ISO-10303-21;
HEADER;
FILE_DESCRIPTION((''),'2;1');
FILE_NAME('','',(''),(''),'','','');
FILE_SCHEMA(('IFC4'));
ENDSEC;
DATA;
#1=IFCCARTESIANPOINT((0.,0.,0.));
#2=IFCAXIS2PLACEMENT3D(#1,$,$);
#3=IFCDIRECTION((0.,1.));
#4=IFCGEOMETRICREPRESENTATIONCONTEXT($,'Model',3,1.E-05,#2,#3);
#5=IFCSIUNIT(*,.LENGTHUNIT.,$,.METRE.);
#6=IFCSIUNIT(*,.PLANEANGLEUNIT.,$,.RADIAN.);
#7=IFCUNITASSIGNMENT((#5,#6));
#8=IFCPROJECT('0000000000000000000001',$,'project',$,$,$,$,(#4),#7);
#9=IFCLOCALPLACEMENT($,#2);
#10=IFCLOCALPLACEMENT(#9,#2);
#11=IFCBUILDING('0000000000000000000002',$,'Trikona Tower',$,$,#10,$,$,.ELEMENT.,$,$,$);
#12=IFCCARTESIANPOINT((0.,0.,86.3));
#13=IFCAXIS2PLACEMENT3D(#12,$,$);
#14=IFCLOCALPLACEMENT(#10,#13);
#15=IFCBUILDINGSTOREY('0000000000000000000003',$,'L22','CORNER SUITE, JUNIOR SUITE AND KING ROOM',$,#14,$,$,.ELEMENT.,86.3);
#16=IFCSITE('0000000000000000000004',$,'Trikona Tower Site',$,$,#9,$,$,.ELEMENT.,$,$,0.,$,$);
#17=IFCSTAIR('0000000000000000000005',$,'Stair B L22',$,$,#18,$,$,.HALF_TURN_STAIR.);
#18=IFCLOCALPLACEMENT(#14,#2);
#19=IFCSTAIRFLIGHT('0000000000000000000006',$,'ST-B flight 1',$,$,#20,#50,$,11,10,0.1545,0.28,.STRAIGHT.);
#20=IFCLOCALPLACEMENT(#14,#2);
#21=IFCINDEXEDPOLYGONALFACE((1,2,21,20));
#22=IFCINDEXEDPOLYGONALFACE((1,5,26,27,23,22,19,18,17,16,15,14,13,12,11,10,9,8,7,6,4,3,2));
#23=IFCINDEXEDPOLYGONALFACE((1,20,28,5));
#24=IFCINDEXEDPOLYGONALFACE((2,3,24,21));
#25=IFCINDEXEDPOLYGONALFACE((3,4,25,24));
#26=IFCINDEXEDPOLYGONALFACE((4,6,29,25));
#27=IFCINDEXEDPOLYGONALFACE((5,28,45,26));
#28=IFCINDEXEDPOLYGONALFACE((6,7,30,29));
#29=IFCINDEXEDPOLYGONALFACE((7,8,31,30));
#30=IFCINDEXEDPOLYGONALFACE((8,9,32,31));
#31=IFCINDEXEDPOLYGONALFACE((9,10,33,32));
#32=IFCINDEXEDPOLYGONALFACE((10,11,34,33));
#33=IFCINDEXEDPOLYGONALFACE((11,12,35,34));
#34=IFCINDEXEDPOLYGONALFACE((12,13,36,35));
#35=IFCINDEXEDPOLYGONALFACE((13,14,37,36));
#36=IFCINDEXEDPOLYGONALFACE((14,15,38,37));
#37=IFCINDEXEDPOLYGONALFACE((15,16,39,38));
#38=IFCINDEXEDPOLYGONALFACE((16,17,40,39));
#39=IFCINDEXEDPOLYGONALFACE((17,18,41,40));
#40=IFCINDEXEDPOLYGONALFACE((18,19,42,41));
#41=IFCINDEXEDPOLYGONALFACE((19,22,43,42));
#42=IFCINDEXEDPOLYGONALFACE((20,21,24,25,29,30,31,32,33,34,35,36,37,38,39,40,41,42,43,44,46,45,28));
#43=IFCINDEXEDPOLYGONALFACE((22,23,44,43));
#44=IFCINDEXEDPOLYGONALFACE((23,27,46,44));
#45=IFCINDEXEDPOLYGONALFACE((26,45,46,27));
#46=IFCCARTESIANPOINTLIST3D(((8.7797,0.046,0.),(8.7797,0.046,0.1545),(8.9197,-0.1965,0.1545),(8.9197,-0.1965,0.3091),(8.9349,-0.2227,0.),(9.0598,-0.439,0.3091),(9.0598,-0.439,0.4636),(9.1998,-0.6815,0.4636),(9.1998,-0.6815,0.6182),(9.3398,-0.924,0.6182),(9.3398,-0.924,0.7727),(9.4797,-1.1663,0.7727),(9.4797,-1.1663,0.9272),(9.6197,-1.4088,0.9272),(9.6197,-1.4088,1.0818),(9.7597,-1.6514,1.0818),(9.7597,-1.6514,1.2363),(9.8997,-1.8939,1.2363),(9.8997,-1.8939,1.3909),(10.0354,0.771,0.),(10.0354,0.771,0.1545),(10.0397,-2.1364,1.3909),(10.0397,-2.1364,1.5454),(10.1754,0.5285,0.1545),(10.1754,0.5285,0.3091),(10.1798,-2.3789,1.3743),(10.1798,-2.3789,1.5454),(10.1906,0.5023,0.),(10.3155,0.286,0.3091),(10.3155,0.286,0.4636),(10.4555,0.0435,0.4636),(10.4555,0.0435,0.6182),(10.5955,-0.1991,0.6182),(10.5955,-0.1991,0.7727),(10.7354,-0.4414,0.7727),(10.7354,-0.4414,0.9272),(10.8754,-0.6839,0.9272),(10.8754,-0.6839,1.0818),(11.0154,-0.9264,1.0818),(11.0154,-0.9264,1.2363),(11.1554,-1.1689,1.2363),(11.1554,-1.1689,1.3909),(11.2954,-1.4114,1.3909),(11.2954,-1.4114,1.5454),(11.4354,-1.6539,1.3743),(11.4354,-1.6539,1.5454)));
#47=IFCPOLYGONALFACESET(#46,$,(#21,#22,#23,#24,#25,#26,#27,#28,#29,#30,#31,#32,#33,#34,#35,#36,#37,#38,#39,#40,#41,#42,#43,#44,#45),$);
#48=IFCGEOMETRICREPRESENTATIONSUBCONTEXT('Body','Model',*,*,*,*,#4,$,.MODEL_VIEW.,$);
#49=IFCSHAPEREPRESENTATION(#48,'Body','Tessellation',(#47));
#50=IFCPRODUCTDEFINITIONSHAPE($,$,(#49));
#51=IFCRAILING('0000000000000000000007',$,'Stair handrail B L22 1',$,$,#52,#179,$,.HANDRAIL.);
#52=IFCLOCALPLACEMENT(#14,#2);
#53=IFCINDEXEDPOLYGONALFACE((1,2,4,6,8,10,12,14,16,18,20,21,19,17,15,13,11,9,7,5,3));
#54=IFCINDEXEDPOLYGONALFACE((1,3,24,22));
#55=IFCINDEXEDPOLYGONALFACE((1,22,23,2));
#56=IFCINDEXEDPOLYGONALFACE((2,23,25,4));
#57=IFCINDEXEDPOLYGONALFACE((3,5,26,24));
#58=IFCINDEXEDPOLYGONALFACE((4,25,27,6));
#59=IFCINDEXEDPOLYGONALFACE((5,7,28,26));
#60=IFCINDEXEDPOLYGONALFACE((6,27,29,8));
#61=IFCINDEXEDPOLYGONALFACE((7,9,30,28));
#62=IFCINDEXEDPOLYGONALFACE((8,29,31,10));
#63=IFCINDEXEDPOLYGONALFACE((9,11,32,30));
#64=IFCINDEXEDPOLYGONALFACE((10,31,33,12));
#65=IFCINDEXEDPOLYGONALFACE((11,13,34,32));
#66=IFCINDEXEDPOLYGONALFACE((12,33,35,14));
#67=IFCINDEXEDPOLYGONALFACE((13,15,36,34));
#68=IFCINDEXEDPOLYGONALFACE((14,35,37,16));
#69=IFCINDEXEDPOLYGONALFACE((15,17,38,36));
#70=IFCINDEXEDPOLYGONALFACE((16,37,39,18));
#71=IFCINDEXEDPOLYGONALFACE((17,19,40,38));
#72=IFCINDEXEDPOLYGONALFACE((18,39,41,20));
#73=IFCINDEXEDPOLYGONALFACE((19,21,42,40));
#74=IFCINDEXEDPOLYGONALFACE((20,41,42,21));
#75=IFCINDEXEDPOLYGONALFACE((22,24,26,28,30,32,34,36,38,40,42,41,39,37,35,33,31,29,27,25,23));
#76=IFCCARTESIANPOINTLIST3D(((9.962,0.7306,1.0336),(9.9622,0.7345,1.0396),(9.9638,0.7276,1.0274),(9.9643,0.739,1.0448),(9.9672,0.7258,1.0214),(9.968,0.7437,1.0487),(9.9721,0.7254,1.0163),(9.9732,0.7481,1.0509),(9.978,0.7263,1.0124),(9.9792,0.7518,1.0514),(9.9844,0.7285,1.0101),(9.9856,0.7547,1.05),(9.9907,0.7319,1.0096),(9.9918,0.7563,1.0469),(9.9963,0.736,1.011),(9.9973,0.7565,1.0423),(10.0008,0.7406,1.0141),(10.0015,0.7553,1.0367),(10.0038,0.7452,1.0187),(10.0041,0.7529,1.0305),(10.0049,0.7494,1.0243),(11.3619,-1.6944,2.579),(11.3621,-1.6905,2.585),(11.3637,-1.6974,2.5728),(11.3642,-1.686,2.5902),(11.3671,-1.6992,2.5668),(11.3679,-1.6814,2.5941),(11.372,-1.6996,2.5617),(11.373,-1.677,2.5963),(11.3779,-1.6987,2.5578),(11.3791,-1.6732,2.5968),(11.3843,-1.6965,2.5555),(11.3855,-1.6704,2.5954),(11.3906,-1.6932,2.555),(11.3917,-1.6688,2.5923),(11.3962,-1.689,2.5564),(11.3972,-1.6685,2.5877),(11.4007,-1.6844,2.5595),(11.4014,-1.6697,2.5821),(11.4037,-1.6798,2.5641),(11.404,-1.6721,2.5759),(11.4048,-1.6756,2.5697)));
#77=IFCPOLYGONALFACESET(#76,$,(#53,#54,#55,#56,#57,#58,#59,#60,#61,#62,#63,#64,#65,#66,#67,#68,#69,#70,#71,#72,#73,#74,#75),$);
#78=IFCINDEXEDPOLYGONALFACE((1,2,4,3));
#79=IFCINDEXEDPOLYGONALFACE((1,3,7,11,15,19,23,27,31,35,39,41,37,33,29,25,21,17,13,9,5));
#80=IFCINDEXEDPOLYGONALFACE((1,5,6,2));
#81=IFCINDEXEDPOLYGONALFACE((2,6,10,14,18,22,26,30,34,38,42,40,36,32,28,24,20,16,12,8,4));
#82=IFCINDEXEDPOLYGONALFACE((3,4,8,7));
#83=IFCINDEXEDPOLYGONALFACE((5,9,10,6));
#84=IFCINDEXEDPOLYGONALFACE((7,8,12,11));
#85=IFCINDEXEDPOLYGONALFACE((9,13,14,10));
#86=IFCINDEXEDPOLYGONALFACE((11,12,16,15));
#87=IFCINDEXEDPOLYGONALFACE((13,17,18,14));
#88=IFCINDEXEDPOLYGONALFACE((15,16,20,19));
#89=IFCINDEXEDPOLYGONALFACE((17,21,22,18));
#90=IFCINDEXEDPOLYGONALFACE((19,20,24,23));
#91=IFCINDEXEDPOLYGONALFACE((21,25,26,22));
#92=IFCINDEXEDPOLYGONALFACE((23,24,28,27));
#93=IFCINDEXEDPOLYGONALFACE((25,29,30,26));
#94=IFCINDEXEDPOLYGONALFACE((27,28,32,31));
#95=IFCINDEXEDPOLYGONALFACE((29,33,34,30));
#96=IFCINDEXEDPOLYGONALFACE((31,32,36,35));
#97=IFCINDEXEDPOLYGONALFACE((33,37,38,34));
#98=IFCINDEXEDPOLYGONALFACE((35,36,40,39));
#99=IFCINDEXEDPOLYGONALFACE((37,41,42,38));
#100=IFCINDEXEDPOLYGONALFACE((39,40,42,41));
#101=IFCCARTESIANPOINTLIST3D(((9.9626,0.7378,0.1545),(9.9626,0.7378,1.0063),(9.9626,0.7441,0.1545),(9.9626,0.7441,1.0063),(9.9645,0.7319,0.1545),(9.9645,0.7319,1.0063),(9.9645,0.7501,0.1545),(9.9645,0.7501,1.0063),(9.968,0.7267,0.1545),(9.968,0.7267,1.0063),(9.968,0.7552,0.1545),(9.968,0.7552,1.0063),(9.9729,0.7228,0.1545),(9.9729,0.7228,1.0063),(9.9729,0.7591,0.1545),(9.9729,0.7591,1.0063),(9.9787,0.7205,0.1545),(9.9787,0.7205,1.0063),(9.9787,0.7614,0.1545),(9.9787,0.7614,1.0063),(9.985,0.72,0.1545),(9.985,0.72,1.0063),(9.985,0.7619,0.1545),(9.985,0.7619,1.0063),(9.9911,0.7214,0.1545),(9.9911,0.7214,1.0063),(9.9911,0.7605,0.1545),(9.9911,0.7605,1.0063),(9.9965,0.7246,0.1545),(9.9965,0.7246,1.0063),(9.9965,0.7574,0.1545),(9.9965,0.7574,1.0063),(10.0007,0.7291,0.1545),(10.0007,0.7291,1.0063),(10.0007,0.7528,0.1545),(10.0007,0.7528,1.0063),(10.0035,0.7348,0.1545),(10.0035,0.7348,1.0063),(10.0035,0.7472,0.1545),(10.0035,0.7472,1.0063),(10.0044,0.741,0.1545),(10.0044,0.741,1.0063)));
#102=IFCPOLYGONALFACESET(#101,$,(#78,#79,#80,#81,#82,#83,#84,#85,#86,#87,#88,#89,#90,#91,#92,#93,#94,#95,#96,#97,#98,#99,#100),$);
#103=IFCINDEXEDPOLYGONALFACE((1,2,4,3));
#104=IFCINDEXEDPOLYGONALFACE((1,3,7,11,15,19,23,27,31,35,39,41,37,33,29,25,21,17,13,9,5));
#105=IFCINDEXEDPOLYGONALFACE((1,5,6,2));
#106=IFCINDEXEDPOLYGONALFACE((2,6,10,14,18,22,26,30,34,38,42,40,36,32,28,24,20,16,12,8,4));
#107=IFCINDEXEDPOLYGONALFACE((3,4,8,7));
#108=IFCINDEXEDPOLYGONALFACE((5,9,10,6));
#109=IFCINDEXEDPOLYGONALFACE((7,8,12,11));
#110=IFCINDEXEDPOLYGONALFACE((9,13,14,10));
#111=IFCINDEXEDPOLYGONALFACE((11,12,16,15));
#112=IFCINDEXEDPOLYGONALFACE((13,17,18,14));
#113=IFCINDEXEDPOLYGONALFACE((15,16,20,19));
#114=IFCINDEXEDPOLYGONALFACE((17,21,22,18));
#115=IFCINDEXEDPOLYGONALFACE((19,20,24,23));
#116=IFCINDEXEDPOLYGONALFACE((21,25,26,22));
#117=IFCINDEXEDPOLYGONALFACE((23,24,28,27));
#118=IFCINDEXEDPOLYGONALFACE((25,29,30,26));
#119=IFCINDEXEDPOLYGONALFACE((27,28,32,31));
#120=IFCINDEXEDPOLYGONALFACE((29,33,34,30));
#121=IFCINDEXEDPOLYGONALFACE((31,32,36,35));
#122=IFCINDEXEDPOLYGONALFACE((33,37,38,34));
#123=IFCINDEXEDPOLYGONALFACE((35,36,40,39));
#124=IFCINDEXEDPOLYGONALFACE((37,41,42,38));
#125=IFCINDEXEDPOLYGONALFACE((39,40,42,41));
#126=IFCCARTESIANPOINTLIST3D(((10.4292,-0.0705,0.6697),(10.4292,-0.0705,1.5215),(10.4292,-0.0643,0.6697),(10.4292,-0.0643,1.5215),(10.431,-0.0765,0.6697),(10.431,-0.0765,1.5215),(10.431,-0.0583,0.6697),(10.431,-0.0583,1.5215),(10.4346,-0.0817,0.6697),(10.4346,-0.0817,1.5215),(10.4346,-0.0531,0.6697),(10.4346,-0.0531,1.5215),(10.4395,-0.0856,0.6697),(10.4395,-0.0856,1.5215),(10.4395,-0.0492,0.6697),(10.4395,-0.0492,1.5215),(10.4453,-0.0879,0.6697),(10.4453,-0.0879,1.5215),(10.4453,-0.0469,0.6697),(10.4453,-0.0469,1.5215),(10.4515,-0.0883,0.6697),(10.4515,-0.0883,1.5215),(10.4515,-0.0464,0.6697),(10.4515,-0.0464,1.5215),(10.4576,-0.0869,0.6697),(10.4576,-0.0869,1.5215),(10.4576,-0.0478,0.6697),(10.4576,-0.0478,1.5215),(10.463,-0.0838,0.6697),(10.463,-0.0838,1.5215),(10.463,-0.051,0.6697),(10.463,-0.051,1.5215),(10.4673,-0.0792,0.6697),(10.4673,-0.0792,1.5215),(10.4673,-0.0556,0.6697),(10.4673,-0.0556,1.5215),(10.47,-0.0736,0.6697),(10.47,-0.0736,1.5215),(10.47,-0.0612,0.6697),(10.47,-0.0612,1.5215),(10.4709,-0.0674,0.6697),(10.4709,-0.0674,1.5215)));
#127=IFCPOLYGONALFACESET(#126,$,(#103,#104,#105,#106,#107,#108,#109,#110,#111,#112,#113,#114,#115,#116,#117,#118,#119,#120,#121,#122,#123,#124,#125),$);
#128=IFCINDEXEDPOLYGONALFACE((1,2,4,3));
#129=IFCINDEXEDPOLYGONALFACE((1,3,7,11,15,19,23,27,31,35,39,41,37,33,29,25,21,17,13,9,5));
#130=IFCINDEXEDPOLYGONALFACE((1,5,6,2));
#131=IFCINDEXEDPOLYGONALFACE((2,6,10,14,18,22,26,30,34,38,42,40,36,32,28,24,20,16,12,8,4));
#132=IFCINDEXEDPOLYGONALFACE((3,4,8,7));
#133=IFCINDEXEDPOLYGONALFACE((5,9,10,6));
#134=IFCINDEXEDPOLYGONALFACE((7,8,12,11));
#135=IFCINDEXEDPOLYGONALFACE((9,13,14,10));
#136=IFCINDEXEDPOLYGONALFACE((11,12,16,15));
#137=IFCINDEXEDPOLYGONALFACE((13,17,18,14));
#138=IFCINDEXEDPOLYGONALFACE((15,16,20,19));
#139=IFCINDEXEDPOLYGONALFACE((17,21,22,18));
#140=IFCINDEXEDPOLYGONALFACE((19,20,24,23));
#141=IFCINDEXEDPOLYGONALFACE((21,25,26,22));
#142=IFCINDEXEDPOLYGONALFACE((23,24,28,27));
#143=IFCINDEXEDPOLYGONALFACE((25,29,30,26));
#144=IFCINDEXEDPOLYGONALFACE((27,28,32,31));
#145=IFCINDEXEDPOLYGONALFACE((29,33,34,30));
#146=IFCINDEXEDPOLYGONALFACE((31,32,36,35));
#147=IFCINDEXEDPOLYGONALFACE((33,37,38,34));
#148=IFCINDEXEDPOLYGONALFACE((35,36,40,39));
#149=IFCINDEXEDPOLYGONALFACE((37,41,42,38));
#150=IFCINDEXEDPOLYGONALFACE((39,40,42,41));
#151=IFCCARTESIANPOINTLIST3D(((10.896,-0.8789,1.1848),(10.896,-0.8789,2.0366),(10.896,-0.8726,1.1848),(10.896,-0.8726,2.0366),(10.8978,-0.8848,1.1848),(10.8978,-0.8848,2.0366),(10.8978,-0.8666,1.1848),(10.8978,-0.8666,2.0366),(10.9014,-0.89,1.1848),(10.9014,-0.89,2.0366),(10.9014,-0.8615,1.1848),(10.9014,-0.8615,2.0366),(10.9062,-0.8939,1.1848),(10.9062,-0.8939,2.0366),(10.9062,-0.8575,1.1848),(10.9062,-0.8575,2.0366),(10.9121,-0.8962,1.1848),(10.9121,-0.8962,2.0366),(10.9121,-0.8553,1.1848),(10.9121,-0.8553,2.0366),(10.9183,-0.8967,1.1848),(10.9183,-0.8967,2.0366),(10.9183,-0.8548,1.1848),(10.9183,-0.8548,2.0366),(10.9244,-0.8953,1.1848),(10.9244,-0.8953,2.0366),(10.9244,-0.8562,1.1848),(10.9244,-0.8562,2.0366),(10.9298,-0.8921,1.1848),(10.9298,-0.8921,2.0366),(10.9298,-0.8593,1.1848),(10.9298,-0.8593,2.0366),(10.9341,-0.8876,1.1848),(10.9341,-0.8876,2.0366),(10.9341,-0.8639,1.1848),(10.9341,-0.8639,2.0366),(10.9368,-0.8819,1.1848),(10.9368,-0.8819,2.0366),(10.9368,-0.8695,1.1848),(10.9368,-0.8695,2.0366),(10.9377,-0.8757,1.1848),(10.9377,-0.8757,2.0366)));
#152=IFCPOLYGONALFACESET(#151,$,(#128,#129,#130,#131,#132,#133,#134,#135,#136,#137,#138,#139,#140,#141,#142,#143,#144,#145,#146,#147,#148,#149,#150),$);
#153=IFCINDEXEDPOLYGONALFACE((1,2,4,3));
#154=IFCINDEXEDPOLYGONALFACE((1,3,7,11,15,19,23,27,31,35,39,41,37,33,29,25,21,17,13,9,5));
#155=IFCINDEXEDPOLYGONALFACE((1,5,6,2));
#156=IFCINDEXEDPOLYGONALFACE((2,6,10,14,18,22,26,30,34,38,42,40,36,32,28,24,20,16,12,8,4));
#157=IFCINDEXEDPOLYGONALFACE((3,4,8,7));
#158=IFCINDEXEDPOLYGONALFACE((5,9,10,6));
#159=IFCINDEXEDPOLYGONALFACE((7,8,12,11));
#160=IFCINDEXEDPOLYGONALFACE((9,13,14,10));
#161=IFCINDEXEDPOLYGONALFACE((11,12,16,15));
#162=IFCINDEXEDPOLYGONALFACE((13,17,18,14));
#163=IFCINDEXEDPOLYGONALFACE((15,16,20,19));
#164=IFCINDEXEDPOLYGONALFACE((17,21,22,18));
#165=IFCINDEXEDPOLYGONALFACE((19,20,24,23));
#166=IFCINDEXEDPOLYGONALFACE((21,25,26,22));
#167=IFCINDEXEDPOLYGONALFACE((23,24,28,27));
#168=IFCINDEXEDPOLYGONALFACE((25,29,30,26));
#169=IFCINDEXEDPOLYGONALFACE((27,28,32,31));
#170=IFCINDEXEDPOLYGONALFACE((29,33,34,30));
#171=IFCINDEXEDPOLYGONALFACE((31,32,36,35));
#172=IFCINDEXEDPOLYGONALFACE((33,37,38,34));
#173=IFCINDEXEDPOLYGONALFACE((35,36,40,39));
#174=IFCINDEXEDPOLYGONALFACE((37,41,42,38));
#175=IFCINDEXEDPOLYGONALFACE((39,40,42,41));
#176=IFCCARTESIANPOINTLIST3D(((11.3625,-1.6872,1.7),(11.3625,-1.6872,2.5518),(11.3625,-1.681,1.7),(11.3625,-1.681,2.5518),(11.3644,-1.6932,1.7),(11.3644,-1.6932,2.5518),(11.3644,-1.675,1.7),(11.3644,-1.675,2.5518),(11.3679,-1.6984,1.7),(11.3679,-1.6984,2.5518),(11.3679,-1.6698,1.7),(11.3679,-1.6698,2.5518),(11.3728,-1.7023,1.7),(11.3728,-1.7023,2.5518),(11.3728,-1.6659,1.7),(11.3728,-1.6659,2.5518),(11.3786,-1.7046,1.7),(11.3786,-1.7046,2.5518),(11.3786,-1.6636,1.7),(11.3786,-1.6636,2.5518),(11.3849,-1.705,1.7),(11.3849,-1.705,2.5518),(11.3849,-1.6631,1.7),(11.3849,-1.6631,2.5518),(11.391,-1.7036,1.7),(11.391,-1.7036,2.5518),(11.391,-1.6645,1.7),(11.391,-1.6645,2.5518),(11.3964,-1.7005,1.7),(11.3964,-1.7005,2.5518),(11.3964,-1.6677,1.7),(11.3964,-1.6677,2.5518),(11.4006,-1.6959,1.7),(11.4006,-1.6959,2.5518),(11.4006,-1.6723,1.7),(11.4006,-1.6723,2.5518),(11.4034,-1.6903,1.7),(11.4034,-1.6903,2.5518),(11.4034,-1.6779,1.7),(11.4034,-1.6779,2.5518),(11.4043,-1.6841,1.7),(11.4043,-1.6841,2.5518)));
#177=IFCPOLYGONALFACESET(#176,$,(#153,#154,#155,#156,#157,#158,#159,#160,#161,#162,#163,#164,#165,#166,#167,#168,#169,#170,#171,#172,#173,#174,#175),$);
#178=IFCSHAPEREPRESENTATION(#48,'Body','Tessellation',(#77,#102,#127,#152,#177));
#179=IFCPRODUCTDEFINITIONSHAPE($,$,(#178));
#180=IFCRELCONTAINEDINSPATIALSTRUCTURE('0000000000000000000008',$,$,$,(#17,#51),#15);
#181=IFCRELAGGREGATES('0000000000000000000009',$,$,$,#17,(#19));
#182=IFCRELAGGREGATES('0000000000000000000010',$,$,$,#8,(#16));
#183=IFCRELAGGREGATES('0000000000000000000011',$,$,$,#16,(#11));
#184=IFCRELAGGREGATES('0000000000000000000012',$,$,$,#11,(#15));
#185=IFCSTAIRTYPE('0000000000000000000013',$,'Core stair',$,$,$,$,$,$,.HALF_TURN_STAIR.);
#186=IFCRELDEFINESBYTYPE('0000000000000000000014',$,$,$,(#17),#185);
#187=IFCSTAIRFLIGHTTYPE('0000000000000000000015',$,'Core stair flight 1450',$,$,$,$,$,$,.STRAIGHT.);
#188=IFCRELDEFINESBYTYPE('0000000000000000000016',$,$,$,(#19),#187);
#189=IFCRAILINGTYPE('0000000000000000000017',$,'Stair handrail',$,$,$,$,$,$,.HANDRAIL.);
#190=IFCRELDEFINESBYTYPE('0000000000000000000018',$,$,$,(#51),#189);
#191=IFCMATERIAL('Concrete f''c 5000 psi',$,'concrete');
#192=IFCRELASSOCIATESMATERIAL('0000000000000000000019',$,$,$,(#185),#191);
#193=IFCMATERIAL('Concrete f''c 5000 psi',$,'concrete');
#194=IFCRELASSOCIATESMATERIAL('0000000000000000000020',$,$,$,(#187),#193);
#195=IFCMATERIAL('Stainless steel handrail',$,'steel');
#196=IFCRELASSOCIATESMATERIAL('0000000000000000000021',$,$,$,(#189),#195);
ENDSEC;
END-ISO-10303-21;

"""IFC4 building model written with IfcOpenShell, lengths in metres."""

from ifc_helpers import new_model, si_unit, direction, frame, origin, origin_2d, place, context, subcontext, project, spatial, polyline, circle, outline, extrude, material, type_object, element, aggregate, save


model = new_model("IFC4")

# Units and contexts
model_context = context("Model", 3, precision=1e-05, world=origin(), true_north=direction((0.0, 1.0)))
body_context = subcontext(model_context, "Body", "Model", "MODEL_VIEW")
ifc_project = project(units=[si_unit("LENGTHUNIT", "METRE"), si_unit("PLANEANGLEUNIT", "RADIAN")], contexts=[model_context])

# Site, building, storey
site_placement = place(None, origin())
site = spatial("IfcSite", under=ifc_project, at=site_placement, Name="Trikona Tower Site", CompositionType="ELEMENT", RefElevation=0.0)
building_placement = place(site_placement, origin())
building = spatial("IfcBuilding", under=site, at=building_placement, Name="Trikona Tower", CompositionType="ELEMENT")
storey_placement = place(building_placement, frame((0.0, 0.0, 86.3)))
storey = spatial("IfcBuildingStorey", under=building, at=storey_placement, Name="L22", Description="CORNER SUITE, JUNIOR SUITE AND KING ROOM", CompositionType="ELEMENT", Elevation=86.3)

# Stair
ifc_material_1 = material(Name="Concrete f'c 5000 psi", Category="concrete")
stair_type = type_object("IfcStairType", Name="Core stair", PredefinedType="HALF_TURN_STAIR", material=ifc_material_1)
stair_1_placement = place(storey_placement, origin())
stair_1 = element("IfcStair", 1, at=stair_1_placement, inside=storey, type_object=stair_type, Name="Stair B L22", PredefinedType="HALF_TURN_STAIR")

# Stair flight
ifc_material_2 = material(Name="Concrete f'c 5000 psi", Category="concrete")
stair_flight_type = type_object("IfcStairFlightType", Name="Core stair flight 1450", PredefinedType="STRAIGHT", material=ifc_material_2)
stair_flight_placement = place(storey_placement, frame((9.4075, 0.4084, 0.0), z_axis=(0.0, 0.0, 1.0), x_axis=(0.5, -0.866025, 0.0)))
stair_flight = element("IfcStairFlight", 2, at=stair_flight_placement, type_object=stair_flight_type, Name="ST-B flight 1", NumberOfRisers=11, NumberOfTreads=10, PredefinedType="STRAIGHT", RiserHeight=0.1545, TreadLength=0.28, context=body_context, shape_type="SweptSolid", body=[
    extrude(outline(polyline([(0.0, 0.0), (0.0, 0.1545), (0.28, 0.1545), (0.28, 0.3091), (0.5601, 0.3091), (0.5601, 0.4636), (0.8401, 0.4636), (0.8401, 0.6182), (1.1201, 0.6182), (1.1201, 0.7727), (1.3999, 0.7727), (1.3999, 0.9272), (1.6799, 0.9272), (1.6799, 1.0818), (1.96, 1.0818), (1.96, 1.2363), (2.24, 1.2363), (2.24, 1.3909), (2.52, 1.3909), (2.52, 1.5454), (2.8, 1.5454), (2.8, 1.7), (2.8, 1.3743), (0.3103, 0.0), (0.0, 0.0)])), frame((0.0, 0.7251, 0.0), z_axis=(0.0, -1.0, 0.0), x_axis=(1.0, 0.0, 0.0)), (0.0, 0.0, 1.0), 1.45),
])
aggregate(stair_1, [stair_flight])

# Railing
ifc_material_3 = material(Name="Stainless steel handrail", Category="steel")
railing_type = type_object("IfcRailingType", Name="Stair handrail", PredefinedType="HANDRAIL", material=ifc_material_3)
railing_placement = place(storey_placement, frame((9.9834, 0.741, 0.1545)))
element("IfcRailing", 3, at=railing_placement, inside=storey, type_object=railing_type, Name="Stair handrail B L22 1", PredefinedType="HANDRAIL", context=body_context, shape_type="SweptSolid", body=[
    extrude(circle(Radius=0.0239, at=origin_2d()), frame((0.0, 0.0, 0.876), z_axis=(0.437707, -0.75824, 0.483203), x_axis=(0.866056, 0.499946, 0.0)), (0.0, 0.0, 1.0), 3.1982),
    extrude(circle(Radius=0.021, at=origin_2d()), origin(), (0.0, 0.0, 1.0), 0.8518),
    extrude(circle(Radius=0.021, at=origin_2d()), frame((0.4666, -0.8083, 0.5151)), (0.0, 0.0, 1.0), 0.8518),
    extrude(circle(Radius=0.021, at=origin_2d()), frame((0.9333, -1.6167, 1.0303)), (0.0, 0.0, 1.0), 0.8518),
    extrude(circle(Radius=0.021, at=origin_2d()), frame((1.3999, -2.425, 1.5454)), (0.0, 0.0, 1.0), 0.8518),
])

save(model, "model.ifc")
